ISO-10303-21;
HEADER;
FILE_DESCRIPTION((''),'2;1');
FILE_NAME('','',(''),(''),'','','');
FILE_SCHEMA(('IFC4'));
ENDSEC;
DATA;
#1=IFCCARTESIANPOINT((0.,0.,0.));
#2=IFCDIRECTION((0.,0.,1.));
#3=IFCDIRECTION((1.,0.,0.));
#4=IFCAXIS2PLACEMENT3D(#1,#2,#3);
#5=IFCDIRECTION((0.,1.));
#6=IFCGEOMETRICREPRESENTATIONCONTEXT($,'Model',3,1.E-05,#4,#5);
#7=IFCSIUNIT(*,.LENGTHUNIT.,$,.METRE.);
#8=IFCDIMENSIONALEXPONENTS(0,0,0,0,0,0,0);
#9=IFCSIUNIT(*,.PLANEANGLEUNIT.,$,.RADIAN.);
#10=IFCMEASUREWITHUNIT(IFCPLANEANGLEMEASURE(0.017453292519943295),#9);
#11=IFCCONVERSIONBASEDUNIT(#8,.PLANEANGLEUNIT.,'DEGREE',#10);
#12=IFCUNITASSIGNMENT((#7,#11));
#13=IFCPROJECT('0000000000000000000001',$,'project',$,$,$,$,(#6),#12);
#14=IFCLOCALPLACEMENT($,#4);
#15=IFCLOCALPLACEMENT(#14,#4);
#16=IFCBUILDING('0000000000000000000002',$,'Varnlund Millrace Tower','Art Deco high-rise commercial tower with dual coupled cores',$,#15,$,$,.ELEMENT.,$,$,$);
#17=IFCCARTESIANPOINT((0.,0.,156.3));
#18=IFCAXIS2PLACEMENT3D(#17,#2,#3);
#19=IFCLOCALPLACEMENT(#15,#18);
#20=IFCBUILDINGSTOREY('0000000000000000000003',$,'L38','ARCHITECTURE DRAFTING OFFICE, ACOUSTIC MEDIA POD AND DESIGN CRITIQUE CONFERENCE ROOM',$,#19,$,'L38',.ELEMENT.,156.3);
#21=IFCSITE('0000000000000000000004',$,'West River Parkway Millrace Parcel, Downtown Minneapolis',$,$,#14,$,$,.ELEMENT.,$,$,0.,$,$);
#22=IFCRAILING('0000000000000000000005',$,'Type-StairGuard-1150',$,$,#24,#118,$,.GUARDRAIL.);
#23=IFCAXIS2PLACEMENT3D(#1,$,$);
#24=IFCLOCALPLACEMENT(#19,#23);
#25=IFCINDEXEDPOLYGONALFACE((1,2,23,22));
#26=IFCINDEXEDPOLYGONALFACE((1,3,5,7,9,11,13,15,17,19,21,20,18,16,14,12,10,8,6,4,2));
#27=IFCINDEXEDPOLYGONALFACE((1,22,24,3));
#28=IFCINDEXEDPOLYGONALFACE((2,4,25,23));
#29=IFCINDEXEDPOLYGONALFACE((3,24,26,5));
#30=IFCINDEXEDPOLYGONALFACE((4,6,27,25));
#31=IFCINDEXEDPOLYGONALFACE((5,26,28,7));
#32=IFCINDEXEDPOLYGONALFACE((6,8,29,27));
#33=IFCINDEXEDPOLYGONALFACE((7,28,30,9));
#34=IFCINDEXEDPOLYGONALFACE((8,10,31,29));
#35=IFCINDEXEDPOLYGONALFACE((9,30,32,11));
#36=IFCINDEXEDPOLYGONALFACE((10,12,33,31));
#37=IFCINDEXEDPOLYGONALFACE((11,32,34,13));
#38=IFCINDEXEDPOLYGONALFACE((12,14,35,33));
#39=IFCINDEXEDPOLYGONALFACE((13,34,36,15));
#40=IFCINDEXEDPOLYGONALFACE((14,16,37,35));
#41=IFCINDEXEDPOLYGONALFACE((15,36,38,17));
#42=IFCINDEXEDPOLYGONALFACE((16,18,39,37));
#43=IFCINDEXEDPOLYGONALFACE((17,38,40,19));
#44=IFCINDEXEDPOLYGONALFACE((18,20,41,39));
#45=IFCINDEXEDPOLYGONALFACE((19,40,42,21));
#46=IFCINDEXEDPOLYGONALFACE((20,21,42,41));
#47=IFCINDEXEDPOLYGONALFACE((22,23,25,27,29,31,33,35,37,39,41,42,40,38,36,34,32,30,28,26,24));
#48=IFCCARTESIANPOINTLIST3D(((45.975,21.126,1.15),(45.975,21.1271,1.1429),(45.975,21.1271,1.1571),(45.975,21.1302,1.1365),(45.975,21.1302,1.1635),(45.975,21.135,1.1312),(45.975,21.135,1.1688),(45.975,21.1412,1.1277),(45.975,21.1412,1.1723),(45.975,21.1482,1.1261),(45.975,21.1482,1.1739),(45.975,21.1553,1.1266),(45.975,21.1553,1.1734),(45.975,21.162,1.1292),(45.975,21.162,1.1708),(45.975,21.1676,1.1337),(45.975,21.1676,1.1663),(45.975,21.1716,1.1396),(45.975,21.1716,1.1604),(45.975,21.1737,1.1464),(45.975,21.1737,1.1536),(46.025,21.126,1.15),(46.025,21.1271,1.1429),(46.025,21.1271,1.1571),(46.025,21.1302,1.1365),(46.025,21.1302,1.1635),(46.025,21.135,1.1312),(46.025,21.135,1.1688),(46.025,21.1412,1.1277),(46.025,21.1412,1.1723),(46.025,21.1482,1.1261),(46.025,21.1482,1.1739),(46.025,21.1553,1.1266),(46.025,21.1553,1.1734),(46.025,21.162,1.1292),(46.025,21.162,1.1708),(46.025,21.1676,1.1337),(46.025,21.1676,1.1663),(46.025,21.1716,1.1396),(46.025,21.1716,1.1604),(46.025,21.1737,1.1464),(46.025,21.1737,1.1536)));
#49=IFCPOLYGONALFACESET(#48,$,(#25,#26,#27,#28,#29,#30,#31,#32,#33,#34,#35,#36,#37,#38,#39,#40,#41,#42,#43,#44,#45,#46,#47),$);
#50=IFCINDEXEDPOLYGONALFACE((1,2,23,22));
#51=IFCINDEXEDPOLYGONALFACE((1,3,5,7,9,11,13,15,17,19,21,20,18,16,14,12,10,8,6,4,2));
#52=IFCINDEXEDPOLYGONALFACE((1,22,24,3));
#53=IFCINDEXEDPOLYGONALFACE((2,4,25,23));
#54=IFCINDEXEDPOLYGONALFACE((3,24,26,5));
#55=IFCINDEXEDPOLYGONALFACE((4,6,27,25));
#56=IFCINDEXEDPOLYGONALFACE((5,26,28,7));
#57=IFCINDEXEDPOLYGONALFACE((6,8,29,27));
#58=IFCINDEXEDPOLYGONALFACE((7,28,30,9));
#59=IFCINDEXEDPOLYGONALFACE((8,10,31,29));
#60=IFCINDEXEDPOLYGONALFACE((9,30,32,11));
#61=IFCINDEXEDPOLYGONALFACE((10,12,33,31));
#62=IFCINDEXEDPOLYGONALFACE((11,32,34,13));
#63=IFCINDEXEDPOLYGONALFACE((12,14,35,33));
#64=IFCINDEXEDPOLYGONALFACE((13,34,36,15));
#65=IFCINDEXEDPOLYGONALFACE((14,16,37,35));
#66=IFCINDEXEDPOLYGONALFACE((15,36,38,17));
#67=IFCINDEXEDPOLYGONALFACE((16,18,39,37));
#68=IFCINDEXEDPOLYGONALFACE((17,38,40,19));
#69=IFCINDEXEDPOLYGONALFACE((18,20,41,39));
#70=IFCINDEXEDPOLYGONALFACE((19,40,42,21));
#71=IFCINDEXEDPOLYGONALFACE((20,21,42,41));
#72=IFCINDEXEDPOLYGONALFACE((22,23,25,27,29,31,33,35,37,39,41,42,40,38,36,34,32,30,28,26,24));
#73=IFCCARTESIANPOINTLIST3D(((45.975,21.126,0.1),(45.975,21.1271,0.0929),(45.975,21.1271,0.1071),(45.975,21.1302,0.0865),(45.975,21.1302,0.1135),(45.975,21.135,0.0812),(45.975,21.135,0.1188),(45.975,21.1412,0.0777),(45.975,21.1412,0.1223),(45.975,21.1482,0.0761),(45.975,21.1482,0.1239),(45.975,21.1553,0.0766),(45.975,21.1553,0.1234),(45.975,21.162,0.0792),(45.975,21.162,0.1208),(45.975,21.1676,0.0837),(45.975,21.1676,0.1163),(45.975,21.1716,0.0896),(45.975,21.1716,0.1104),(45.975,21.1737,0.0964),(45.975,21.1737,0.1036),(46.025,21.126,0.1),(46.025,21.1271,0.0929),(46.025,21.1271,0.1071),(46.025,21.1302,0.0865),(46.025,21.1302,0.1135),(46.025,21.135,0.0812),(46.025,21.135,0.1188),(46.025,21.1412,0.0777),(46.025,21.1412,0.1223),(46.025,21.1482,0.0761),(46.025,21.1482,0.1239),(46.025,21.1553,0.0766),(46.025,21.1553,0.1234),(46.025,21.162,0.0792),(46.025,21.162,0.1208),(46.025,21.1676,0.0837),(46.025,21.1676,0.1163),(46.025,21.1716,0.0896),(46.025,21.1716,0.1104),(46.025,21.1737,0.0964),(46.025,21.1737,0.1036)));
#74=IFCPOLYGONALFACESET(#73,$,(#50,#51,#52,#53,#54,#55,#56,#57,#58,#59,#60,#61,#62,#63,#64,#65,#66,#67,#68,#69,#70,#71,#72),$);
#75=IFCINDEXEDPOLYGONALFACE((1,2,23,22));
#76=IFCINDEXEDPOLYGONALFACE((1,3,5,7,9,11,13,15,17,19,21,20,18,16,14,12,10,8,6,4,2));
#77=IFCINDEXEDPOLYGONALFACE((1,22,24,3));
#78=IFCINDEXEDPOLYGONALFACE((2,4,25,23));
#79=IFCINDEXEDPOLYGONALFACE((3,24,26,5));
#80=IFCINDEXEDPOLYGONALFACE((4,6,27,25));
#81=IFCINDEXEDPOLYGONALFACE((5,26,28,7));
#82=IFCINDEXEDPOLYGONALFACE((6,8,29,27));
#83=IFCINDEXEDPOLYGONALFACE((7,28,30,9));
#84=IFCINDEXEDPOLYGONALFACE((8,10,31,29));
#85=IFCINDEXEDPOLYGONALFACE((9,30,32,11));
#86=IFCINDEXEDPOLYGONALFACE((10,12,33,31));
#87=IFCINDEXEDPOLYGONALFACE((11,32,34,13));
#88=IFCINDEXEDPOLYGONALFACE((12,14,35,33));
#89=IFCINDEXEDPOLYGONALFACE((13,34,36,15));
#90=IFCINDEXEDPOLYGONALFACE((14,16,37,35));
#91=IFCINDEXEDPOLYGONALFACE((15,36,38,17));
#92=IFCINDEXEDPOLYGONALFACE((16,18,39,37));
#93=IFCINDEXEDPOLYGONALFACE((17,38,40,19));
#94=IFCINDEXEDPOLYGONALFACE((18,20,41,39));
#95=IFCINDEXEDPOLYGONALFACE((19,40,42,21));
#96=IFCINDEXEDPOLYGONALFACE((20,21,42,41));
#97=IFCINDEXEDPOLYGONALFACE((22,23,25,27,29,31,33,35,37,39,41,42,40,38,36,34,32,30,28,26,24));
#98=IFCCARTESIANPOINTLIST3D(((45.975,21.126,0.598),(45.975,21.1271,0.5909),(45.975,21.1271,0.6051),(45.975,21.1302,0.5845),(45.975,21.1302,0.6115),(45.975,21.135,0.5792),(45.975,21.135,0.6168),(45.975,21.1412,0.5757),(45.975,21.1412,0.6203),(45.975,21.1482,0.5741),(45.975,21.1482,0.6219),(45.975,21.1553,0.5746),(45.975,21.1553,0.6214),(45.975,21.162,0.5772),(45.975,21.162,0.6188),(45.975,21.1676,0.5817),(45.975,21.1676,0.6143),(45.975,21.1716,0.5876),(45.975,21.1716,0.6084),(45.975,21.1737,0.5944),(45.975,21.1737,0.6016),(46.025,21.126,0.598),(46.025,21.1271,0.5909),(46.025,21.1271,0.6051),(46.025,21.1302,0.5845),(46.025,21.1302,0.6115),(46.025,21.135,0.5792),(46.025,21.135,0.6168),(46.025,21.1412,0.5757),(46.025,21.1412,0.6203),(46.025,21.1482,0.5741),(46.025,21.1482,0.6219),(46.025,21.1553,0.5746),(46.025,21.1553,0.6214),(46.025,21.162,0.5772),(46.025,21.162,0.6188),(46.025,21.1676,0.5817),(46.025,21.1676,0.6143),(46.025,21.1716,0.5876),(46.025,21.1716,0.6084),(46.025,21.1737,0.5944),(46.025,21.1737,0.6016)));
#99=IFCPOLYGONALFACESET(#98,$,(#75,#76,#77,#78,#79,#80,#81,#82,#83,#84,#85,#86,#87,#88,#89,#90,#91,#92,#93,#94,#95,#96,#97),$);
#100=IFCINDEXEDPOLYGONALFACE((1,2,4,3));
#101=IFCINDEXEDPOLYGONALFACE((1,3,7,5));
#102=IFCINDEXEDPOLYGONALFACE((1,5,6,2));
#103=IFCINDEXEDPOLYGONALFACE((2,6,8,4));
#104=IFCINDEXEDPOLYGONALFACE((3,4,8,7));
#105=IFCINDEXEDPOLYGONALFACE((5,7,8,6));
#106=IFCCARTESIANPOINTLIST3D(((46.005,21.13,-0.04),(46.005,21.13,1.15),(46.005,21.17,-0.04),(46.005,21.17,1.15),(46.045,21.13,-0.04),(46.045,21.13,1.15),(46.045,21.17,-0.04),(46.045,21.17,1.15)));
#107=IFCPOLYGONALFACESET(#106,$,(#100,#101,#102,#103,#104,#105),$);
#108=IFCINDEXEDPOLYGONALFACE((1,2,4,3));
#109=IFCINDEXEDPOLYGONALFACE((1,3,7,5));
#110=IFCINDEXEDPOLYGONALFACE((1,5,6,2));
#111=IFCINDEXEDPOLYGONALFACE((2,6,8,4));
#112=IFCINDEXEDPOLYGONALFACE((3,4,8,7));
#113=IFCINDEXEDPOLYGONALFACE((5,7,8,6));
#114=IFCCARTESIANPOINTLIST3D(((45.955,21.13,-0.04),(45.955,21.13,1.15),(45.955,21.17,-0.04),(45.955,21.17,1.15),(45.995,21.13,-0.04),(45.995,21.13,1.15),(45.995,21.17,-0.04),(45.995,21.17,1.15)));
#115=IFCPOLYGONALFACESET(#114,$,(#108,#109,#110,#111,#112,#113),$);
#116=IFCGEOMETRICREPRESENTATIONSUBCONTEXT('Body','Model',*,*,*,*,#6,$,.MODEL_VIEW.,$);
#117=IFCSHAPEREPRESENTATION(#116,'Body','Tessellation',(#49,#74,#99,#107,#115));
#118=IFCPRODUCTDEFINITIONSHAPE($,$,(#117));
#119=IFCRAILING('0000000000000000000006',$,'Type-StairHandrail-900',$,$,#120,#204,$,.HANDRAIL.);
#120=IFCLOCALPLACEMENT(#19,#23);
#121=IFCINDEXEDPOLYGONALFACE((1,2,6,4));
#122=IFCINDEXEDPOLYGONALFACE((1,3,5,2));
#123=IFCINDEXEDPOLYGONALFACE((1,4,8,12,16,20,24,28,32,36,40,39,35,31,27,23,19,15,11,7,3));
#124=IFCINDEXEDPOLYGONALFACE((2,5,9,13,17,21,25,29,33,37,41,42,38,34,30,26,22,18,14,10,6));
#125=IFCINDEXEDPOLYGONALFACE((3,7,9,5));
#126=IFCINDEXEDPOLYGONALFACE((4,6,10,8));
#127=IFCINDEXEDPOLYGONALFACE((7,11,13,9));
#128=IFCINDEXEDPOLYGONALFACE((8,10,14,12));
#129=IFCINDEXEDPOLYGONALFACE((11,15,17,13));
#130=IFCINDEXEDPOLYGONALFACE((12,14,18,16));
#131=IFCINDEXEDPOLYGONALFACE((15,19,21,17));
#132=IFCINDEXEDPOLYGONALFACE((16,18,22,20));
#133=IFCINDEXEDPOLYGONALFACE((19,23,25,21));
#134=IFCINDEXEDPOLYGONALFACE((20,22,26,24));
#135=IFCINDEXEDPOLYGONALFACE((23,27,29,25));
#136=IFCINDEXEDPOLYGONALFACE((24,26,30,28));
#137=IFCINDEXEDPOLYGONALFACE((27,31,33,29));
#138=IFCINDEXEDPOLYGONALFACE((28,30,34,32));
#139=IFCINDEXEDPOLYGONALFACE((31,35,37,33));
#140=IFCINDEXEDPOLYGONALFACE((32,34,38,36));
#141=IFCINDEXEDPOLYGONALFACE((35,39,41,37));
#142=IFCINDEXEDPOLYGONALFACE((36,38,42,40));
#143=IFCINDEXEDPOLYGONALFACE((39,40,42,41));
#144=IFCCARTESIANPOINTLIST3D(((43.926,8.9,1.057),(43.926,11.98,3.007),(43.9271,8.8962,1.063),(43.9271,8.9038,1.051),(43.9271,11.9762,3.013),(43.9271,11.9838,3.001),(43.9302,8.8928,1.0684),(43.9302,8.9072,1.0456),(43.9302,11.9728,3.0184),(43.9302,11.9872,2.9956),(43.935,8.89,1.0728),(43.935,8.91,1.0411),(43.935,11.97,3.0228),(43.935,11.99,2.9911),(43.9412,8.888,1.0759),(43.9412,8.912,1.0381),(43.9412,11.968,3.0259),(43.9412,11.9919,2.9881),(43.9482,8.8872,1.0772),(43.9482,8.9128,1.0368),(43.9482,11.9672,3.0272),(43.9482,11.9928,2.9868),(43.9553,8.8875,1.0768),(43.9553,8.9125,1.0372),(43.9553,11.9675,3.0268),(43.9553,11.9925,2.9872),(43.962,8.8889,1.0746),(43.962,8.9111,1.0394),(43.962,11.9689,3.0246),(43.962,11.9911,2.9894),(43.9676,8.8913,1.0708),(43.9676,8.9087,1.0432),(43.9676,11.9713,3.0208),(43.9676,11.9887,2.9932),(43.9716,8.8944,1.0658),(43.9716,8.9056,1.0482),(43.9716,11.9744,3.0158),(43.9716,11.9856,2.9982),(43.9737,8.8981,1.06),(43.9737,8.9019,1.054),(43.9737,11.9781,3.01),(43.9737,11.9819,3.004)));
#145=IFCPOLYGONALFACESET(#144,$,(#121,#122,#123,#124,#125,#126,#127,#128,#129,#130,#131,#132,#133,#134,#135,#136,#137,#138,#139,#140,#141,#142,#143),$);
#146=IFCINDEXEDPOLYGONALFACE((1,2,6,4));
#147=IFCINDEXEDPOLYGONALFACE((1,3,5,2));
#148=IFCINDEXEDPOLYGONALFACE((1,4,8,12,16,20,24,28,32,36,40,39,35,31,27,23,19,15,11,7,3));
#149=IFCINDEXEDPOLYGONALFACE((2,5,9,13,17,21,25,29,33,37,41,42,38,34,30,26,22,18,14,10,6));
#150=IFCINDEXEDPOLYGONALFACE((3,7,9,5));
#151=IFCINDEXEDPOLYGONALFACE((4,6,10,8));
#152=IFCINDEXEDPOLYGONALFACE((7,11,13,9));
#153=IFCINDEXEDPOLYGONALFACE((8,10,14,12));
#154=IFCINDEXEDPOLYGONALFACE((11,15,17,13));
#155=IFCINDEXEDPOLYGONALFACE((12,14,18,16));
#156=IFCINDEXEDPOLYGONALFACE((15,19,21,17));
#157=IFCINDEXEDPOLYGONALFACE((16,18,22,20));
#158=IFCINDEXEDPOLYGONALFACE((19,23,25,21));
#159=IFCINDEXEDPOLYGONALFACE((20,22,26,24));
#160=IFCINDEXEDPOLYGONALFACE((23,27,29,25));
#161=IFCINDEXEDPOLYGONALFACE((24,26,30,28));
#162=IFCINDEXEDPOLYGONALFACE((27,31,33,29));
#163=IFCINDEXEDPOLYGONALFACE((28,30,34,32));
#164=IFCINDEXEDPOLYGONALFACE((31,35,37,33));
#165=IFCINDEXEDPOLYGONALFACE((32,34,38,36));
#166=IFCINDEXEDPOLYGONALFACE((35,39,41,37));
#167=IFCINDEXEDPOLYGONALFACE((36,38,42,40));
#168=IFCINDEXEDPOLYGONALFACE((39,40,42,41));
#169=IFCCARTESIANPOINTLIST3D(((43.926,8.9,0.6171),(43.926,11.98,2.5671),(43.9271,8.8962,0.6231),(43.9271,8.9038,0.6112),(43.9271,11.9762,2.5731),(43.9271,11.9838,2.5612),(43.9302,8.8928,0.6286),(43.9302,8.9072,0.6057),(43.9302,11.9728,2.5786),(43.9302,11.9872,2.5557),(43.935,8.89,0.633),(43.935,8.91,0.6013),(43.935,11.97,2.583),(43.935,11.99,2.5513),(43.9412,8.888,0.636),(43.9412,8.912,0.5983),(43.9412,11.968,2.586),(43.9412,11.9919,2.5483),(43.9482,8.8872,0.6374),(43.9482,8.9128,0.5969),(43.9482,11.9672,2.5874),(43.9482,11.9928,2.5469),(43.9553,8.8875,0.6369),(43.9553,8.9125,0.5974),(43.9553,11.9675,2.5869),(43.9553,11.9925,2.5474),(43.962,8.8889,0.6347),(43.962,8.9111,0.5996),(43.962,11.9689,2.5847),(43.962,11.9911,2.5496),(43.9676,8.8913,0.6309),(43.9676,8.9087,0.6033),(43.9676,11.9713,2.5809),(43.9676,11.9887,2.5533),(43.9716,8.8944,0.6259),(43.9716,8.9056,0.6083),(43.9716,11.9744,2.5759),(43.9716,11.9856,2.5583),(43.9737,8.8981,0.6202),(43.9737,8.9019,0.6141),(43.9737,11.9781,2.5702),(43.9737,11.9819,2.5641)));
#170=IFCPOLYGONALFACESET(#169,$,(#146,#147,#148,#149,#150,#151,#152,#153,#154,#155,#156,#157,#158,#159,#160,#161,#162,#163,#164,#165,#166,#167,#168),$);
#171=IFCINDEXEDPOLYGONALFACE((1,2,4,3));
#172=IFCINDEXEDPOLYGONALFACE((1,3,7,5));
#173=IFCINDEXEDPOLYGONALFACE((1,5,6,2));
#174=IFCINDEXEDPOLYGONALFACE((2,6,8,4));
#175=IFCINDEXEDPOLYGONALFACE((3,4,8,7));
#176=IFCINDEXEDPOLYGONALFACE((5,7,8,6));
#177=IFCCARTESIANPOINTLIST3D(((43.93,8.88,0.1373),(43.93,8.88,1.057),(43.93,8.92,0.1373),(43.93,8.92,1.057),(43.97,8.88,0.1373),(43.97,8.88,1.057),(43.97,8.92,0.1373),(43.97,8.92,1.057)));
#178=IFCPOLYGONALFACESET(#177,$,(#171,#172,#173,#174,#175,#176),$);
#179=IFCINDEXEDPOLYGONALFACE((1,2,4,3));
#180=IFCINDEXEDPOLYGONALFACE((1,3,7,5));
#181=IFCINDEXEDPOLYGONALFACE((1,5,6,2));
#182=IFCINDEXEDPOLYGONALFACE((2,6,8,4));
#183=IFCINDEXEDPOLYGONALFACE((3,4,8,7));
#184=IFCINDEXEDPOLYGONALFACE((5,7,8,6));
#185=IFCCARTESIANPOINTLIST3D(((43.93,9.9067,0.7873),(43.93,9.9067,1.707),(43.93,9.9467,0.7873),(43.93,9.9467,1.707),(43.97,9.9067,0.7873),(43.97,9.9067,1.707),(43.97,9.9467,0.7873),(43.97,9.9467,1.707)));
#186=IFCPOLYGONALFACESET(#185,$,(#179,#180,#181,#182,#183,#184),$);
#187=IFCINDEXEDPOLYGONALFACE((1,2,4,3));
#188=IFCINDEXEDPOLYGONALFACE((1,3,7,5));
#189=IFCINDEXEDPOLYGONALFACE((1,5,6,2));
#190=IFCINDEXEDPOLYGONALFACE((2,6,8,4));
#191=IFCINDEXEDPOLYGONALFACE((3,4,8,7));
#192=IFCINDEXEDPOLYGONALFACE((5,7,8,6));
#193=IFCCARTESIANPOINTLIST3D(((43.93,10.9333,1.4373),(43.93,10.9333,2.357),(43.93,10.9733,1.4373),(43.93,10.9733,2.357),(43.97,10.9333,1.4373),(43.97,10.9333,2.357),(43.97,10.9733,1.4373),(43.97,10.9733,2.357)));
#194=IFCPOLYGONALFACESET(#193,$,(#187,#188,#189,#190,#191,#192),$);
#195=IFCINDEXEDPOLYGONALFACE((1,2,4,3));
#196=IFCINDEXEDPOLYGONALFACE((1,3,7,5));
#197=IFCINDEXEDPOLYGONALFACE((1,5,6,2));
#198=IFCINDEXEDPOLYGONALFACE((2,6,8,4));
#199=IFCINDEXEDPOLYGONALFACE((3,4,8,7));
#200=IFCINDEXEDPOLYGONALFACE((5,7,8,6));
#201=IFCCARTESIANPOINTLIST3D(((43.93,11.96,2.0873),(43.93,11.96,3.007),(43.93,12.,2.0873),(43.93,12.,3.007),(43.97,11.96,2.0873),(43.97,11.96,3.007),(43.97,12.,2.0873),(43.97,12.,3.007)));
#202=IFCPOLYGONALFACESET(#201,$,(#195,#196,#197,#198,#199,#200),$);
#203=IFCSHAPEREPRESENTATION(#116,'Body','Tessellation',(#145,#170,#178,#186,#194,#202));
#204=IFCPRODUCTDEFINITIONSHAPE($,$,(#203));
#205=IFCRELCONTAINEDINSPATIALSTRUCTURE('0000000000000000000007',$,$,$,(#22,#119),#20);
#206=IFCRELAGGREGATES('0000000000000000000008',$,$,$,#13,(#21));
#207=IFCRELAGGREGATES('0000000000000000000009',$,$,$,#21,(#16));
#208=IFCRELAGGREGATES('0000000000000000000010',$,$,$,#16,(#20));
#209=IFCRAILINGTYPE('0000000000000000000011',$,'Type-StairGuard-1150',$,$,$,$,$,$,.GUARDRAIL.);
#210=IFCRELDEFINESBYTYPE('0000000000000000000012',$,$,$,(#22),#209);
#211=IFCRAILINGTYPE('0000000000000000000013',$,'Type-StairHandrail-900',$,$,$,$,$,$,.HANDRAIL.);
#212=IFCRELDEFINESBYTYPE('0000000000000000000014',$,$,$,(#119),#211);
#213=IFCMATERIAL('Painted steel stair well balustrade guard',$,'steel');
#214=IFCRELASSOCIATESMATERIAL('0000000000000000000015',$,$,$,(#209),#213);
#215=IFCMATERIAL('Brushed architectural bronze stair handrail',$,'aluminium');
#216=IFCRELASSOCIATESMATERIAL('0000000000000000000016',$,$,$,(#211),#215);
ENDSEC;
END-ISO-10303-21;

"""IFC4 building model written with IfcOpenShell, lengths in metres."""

from ifc_helpers import new_model, entity, si_unit, converted_unit, direction, frame, origin_with_axes, origin_2d_with_axis, place, context, subcontext, project, spatial, rectangle, circle, extrude, material, type_object, element, save


model = new_model("IFC4")

# Units and contexts
model_context = context("Model", 3, precision=1e-05, world=origin_with_axes(), true_north=direction((0.0, 1.0)))
body_context = subcontext(model_context, "Body", "Model", "MODEL_VIEW")
ifc_project = project(units=[si_unit("LENGTHUNIT", "METRE"), converted_unit("PLANEANGLEUNIT", "DEGREE", entity("IfcPlaneAngleMeasure", 0.017453292519943295), si_unit("PLANEANGLEUNIT", "RADIAN"), dimensions=[0, 0, 0, 0, 0, 0, 0])], contexts=[model_context])

# Site, building, storey
site_placement = place(None, origin_with_axes())
site = spatial("IfcSite", under=ifc_project, at=site_placement, Name="West River Parkway Millrace Parcel, Downtown Minneapolis", CompositionType="ELEMENT", RefElevation=0.0)
building_placement = place(site_placement, origin_with_axes())
building = spatial("IfcBuilding", under=site, at=building_placement, Name="Varnlund Millrace Tower", Description="Art Deco high-rise commercial tower with dual coupled cores", CompositionType="ELEMENT")
storey_placement = place(building_placement, frame((0.0, 0.0, 156.3), z_axis=(0.0, 0.0, 1.0), x_axis=(1.0, 0.0, 0.0)))
storey = spatial("IfcBuildingStorey", under=building, at=storey_placement, Name="L38", Description="ARCHITECTURE DRAFTING OFFICE, ACOUSTIC MEDIA POD AND DESIGN CRITIQUE CONFERENCE ROOM", LongName="L38", CompositionType="ELEMENT", Elevation=156.3)

# Railings
ifc_material_1 = material(Name="Painted steel stair well balustrade guard", Category="steel")
railing_type_1 = type_object("IfcRailingType", Name="Type-StairGuard-1150", PredefinedType="GUARDRAIL", material=ifc_material_1)
railing_1_placement = place(storey_placement, frame((0.0, 0.0, -156.3), z_axis=(0.0, 0.0, 1.0), x_axis=(1.0, 0.0, 0.0)))
element("IfcRailing", 1, at=railing_1_placement, inside=storey, type_object=railing_type_1, Name="Type-StairGuard-1150", PredefinedType="GUARDRAIL", context=body_context, shape_type="SweptSolid", body=[
    extrude(circle(Radius=0.024, at=origin_2d_with_axis()), frame((46.025, 21.15, 157.45), z_axis=(-1.0, 0.0, 0.0), x_axis=(0.0, -1.0, 0.0)), (0.0, 0.0, 1.0), 0.05),
    extrude(circle(Radius=0.024, at=origin_2d_with_axis()), frame((46.025, 21.15, 156.4), z_axis=(-1.0, 0.0, 0.0), x_axis=(0.0, -1.0, 0.0)), (0.0, 0.0, 1.0), 0.05),
    extrude(circle(Radius=0.024, at=origin_2d_with_axis()), frame((46.025, 21.15, 156.898), z_axis=(-1.0, 0.0, 0.0), x_axis=(0.0, -1.0, 0.0)), (0.0, 0.0, 1.0), 0.05),
    extrude(rectangle(XDim=0.04, YDim=0.04, at=origin_2d_with_axis()), frame((46.025, 21.15, 156.26), z_axis=(0.0, 0.0, 1.0), x_axis=(1.0, 0.0, 0.0)), (0.0, 0.0, 1.0), 1.19),
    extrude(rectangle(XDim=0.04, YDim=0.04, at=origin_2d_with_axis()), frame((45.975, 21.15, 156.26), z_axis=(0.0, 0.0, 1.0), x_axis=(1.0, 0.0, 0.0)), (0.0, 0.0, 1.0), 1.19),
])
ifc_material_2 = material(Name="Brushed architectural bronze stair handrail", Category="aluminium")
railing_type_2 = type_object("IfcRailingType", Name="Type-StairHandrail-900", PredefinedType="HANDRAIL", material=ifc_material_2)
railing_2_placement = place(storey_placement, frame((0.0, 0.0, -156.3), z_axis=(0.0, 0.0, 1.0), x_axis=(1.0, 0.0, 0.0)))
element("IfcRailing", 2, at=railing_2_placement, inside=storey, type_object=railing_type_2, Name="Type-StairHandrail-900", PredefinedType="HANDRAIL", context=body_context, shape_type="SweptSolid", body=[
    extrude(circle(Radius=0.024, at=origin_2d_with_axis()), frame((43.95, 8.9, 157.357), z_axis=(0.0, 0.844902, 0.534922), x_axis=(-1.0, 0.0, 0.0)), (0.0, 0.0, 1.0), 3.6454),
    extrude(circle(Radius=0.024, at=origin_2d_with_axis()), frame((43.95, 8.9, 156.9171), z_axis=(0.0, 0.844902, 0.534922), x_axis=(-1.0, 0.0, 0.0)), (0.0, 0.0, 1.0), 3.6454),
    extrude(rectangle(XDim=0.04, YDim=0.04, at=origin_2d_with_axis()), frame((43.95, 8.9, 156.4373), z_axis=(0.0, 0.0, 1.0), x_axis=(1.0, 0.0, 0.0)), (0.0, 0.0, 1.0), 0.9197),
    extrude(rectangle(XDim=0.04, YDim=0.04, at=origin_2d_with_axis()), frame((43.95, 9.9267, 157.0873), z_axis=(0.0, 0.0, 1.0), x_axis=(1.0, 0.0, 0.0)), (0.0, 0.0, 1.0), 0.9197),
    extrude(rectangle(XDim=0.04, YDim=0.04, at=origin_2d_with_axis()), frame((43.95, 10.9533, 157.7373), z_axis=(0.0, 0.0, 1.0), x_axis=(1.0, 0.0, 0.0)), (0.0, 0.0, 1.0), 0.9197),
    extrude(rectangle(XDim=0.04, YDim=0.04, at=origin_2d_with_axis()), frame((43.95, 11.98, 158.3873), z_axis=(0.0, 0.0, 1.0), x_axis=(1.0, 0.0, 0.0)), (0.0, 0.0, 1.0), 0.9197),
])

save(model, "model.ifc")
